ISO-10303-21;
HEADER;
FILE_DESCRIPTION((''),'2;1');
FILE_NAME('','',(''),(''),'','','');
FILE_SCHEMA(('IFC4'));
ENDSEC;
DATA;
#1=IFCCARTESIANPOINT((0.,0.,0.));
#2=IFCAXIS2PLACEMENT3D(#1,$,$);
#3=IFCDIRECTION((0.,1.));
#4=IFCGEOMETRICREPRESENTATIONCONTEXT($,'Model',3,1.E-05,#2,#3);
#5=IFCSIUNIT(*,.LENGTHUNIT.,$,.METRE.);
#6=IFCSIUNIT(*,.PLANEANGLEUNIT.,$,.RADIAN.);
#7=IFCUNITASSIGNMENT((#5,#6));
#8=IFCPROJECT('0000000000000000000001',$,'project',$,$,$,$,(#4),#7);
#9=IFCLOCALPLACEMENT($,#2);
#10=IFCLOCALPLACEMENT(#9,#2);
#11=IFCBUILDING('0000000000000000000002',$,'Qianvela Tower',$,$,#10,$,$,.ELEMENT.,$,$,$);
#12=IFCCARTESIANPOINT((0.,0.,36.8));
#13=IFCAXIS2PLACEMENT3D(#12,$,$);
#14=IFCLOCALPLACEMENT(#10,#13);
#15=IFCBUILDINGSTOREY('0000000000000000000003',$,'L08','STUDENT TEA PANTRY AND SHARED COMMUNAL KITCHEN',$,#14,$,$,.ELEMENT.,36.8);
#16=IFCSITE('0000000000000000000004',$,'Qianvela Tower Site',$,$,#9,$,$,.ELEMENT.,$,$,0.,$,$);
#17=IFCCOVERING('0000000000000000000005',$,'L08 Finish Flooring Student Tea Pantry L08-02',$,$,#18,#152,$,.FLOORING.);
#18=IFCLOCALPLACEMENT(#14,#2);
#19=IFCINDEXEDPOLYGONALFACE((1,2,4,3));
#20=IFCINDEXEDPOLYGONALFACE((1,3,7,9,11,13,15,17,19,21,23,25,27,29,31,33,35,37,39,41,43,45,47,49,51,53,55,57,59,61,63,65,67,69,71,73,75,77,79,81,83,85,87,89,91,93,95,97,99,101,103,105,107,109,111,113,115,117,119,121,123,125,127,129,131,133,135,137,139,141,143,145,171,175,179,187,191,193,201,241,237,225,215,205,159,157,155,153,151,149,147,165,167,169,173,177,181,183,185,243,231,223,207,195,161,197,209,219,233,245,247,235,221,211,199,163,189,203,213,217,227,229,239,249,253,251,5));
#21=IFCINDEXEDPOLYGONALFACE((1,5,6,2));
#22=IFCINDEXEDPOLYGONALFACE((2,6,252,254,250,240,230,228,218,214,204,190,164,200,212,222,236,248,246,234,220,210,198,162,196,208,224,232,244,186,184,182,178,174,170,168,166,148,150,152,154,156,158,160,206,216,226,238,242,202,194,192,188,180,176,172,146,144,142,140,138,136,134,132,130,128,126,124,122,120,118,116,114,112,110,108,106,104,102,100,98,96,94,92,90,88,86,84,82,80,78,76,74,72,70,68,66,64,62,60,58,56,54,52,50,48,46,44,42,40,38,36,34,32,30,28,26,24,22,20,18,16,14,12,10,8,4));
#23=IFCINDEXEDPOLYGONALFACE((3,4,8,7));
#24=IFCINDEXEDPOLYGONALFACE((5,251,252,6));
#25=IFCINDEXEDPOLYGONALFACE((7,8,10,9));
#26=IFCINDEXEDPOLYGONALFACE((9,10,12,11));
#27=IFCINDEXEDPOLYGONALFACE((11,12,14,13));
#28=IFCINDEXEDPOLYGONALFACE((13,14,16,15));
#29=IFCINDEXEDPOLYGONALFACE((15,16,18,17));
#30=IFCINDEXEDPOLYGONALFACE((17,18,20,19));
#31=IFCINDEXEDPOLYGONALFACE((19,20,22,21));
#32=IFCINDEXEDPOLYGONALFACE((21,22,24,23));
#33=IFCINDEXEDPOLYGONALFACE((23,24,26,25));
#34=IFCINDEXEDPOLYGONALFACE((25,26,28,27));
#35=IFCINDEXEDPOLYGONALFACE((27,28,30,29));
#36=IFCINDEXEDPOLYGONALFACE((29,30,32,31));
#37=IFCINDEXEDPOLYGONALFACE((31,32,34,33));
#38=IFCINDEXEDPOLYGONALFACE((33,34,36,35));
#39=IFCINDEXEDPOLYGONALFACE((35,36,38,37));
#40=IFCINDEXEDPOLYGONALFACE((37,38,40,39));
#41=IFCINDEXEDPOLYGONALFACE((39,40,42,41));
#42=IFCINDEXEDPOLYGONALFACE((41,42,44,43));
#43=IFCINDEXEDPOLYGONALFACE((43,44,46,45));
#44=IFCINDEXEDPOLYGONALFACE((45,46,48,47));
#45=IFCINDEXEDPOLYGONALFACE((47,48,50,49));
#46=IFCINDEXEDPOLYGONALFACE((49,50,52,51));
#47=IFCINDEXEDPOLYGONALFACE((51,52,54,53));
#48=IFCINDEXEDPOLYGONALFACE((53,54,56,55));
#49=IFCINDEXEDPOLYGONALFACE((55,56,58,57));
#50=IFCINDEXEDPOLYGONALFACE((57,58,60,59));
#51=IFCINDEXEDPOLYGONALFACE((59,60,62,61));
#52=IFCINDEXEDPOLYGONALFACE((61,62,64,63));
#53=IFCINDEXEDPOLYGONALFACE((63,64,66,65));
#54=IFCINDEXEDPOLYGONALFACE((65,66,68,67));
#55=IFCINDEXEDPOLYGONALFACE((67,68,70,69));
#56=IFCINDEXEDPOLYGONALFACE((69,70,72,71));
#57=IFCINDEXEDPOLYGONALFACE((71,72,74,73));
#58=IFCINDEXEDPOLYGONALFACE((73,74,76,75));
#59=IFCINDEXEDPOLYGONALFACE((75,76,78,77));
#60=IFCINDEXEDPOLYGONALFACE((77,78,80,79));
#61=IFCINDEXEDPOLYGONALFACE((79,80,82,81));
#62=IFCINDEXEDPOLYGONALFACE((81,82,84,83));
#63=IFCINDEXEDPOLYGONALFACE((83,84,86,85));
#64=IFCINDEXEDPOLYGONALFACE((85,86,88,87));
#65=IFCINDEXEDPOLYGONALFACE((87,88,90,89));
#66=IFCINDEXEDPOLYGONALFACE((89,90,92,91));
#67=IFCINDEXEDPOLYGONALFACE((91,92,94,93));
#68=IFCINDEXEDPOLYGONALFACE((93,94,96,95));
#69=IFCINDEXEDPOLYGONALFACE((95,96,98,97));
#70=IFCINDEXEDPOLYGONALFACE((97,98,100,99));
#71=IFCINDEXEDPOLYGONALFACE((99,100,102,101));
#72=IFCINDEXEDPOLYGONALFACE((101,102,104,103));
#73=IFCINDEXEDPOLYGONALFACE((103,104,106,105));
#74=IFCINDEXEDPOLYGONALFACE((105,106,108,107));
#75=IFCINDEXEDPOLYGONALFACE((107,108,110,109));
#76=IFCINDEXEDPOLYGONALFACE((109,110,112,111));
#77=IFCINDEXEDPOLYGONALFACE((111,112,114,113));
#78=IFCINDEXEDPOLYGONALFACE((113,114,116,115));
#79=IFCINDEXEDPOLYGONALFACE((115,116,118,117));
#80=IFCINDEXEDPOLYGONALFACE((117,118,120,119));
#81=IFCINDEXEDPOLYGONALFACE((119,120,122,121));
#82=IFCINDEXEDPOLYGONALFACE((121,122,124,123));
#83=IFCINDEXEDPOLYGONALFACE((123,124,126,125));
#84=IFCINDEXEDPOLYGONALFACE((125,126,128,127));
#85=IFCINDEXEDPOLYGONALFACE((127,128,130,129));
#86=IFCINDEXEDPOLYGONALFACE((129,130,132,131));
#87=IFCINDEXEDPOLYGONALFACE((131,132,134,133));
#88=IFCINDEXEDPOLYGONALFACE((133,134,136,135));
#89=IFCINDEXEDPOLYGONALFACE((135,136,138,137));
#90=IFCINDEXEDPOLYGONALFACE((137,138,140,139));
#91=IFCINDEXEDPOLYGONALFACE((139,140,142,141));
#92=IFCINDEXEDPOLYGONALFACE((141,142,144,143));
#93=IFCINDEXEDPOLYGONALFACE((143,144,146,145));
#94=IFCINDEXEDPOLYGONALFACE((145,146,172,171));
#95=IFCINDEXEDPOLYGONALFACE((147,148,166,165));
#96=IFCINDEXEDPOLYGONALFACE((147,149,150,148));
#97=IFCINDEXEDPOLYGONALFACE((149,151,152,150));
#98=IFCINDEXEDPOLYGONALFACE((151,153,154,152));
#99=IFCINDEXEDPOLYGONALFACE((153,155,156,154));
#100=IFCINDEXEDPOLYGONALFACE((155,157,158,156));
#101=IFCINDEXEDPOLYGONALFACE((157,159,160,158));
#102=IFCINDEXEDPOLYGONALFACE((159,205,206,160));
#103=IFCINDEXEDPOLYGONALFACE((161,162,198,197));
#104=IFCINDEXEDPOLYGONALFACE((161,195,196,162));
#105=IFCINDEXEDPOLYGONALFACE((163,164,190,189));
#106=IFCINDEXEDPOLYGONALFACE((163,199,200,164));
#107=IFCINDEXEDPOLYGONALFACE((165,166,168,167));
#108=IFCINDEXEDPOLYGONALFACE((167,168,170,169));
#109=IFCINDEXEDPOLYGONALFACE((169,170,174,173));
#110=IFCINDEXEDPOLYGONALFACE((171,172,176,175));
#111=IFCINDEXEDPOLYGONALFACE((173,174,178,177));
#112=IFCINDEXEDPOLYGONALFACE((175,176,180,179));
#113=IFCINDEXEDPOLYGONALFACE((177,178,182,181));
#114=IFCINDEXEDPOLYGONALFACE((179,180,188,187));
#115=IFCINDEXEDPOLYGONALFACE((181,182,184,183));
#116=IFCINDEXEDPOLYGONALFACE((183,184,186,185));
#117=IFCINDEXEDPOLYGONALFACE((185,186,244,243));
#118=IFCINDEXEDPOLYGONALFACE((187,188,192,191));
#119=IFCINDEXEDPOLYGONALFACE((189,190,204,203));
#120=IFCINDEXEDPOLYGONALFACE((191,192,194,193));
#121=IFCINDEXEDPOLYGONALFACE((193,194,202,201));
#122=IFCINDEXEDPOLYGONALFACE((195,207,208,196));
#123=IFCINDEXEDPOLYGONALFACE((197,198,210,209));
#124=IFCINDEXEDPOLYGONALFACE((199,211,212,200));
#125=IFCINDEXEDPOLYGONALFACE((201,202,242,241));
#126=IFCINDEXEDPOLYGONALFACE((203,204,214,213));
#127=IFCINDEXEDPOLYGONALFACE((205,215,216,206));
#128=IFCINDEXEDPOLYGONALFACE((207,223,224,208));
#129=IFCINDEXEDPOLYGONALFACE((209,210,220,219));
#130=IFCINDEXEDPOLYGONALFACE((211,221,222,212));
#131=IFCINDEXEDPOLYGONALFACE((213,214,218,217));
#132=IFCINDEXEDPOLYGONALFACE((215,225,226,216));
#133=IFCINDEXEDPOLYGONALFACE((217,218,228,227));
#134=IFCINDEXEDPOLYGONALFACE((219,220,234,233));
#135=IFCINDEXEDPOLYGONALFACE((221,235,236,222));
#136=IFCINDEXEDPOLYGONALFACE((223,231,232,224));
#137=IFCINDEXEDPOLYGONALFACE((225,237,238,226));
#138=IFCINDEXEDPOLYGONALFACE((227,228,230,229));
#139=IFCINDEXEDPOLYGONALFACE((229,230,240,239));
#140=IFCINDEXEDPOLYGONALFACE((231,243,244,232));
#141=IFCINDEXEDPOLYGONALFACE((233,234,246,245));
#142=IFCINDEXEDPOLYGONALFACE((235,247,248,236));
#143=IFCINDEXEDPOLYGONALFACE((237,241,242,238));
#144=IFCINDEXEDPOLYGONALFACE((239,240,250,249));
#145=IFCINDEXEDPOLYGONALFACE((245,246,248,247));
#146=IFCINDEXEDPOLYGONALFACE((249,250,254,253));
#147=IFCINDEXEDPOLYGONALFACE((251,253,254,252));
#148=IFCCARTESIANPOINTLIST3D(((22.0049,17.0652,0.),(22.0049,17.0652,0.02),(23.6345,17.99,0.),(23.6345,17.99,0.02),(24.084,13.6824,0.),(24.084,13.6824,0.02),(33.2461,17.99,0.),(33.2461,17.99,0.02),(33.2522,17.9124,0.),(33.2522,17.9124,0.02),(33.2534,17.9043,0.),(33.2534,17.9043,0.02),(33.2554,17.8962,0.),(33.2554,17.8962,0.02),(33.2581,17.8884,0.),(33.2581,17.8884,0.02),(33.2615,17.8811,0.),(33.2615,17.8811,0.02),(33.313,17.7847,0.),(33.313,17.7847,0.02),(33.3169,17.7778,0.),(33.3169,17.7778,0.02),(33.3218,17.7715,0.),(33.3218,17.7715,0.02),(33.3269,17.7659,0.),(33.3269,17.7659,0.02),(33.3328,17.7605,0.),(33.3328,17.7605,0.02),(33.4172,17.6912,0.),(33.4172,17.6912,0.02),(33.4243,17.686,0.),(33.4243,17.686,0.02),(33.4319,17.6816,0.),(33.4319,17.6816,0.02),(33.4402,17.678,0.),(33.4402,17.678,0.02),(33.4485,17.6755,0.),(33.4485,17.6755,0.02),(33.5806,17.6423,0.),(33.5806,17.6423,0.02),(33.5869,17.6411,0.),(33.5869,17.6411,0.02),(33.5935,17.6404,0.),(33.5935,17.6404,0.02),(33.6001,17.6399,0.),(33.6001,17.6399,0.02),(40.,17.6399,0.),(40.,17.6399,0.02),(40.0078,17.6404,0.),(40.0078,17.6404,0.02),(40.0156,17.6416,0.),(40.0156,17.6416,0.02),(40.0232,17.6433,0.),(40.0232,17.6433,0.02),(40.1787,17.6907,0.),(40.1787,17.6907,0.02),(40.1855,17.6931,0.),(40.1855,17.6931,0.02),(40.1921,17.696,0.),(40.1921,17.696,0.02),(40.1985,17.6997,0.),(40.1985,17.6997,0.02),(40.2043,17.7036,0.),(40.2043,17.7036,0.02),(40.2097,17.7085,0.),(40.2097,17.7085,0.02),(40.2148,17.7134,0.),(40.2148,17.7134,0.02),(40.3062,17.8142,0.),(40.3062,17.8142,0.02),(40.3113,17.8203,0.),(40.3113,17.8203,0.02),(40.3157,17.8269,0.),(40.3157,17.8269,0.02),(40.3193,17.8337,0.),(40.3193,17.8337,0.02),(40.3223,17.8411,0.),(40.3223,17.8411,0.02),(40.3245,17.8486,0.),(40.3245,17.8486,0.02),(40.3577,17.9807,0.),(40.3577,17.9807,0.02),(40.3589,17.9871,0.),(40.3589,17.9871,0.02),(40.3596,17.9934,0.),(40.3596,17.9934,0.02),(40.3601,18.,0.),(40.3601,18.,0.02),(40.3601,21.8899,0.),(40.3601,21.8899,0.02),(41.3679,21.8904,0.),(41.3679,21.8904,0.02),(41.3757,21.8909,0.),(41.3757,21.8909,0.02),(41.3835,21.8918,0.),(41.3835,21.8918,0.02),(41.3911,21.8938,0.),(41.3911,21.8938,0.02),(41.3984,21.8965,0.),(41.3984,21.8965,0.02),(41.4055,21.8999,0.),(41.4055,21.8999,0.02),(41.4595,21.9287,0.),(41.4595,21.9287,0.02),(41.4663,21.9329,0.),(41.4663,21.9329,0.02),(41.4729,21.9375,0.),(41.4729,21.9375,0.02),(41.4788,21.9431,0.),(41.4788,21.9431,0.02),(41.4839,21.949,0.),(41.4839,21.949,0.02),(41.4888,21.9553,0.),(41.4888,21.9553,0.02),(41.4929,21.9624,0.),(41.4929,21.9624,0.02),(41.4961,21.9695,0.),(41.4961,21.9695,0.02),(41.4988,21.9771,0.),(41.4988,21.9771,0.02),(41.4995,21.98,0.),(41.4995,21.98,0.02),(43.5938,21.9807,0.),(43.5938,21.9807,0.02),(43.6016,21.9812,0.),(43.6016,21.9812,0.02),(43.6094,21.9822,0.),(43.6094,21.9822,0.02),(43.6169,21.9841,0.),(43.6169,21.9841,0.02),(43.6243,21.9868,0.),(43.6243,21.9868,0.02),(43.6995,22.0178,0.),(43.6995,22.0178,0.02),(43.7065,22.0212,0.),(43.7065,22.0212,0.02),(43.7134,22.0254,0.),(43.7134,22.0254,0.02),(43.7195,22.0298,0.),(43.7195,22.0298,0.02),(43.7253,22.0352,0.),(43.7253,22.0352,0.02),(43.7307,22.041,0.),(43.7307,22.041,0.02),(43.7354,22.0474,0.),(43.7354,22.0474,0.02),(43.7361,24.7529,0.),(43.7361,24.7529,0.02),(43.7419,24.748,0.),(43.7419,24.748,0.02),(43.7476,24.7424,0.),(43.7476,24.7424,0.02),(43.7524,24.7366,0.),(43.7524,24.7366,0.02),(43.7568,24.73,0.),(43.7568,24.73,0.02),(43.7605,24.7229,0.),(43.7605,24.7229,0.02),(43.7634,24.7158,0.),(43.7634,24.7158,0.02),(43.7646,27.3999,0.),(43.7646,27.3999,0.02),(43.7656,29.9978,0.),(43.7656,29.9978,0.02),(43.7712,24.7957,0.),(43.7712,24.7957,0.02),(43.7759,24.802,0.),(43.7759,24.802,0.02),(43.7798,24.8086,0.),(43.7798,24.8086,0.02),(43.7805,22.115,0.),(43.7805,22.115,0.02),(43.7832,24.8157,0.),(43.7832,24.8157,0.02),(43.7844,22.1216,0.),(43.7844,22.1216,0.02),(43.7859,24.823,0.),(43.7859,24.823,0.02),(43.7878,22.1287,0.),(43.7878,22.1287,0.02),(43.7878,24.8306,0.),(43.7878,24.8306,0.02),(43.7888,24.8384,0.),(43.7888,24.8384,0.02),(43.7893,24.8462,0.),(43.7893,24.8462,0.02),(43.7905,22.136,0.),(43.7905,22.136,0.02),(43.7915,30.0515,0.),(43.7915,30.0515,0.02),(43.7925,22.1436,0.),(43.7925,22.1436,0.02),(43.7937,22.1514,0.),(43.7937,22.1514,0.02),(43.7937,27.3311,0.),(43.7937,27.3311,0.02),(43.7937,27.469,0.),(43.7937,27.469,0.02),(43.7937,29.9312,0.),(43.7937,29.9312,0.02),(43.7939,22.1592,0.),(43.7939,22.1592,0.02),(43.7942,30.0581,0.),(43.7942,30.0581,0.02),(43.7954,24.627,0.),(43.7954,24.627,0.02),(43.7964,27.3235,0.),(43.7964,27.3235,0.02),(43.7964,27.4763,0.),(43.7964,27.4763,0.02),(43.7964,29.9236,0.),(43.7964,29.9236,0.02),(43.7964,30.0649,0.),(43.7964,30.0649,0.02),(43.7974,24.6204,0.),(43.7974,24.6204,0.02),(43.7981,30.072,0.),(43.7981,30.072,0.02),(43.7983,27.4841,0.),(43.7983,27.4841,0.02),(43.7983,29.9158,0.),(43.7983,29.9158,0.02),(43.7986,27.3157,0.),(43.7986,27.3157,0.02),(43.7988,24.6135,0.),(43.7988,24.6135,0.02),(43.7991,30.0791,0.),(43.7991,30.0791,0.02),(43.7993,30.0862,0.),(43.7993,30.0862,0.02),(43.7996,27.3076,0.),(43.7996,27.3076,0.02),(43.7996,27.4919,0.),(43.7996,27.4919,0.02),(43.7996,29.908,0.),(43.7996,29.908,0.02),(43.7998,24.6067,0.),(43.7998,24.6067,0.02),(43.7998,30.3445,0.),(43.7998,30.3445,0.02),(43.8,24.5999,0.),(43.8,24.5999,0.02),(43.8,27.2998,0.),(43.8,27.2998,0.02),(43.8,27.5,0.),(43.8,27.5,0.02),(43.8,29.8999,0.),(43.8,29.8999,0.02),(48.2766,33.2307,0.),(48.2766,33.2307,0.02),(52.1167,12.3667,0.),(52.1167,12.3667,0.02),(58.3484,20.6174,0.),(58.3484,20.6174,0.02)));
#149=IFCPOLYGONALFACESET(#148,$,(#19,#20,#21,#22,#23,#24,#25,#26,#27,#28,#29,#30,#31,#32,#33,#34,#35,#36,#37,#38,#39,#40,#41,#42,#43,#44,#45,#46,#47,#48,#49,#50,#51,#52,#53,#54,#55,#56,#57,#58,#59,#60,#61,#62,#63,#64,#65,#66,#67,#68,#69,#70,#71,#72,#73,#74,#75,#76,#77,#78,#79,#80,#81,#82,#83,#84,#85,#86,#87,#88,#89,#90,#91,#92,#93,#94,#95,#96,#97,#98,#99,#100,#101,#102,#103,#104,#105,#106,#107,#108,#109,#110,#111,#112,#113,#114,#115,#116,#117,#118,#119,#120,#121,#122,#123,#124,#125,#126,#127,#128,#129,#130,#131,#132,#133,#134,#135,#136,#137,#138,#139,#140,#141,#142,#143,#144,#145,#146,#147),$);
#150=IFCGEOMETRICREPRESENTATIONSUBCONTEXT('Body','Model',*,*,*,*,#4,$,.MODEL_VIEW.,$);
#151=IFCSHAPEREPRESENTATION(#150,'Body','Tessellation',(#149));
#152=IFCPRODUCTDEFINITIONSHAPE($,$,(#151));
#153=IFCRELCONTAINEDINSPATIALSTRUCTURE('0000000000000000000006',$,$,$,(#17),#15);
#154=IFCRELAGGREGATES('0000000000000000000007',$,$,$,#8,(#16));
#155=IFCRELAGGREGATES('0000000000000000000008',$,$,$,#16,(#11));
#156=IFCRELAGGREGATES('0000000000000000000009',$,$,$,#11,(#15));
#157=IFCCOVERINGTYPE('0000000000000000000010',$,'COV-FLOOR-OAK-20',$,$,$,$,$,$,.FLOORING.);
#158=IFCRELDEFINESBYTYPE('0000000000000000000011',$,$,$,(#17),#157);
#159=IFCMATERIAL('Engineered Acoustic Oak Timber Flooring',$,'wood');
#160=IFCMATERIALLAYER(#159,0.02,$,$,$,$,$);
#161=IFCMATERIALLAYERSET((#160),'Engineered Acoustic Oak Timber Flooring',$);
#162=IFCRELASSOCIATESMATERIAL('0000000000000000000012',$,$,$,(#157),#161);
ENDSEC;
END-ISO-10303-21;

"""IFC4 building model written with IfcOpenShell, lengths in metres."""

from ifc_helpers import new_model, si_unit, direction, frame, origin, place, context, subcontext, project, spatial, polyline, outline, extrude, material, layer, layer_set, type_object, element, save


model = new_model("IFC4")

# Units and contexts
model_context = context("Model", 3, precision=1e-05, world=origin(), true_north=direction((0.0, 1.0)))
body_context = subcontext(model_context, "Body", "Model", "MODEL_VIEW")
ifc_project = project(units=[si_unit("LENGTHUNIT", "METRE"), si_unit("PLANEANGLEUNIT", "RADIAN")], contexts=[model_context])

# Site, building, storey
site_placement = place(None, origin())
site = spatial("IfcSite", under=ifc_project, at=site_placement, Name="Qianvela Tower Site", CompositionType="ELEMENT", RefElevation=0.0)
building_placement = place(site_placement, origin())
building = spatial("IfcBuilding", under=site, at=building_placement, Name="Qianvela Tower", CompositionType="ELEMENT")
storey_placement = place(building_placement, frame((0.0, 0.0, 36.8)))
storey = spatial("IfcBuildingStorey", under=building, at=storey_placement, Name="L08", Description="STUDENT TEA PANTRY AND SHARED COMMUNAL KITCHEN", CompositionType="ELEMENT", Elevation=36.8)

# Covering
ifc_material_1 = material(Name="Engineered Acoustic Oak Timber Flooring", Category="wood")
ifc_layer_1 = layer(ifc_material_1, 0.02)
ifc_layer_set_1 = layer_set([ifc_layer_1], Name="Engineered Acoustic Oak Timber Flooring")
covering_type_1 = type_object("IfcCoveringType", Name="COV-FLOOR-OAK-20", PredefinedType="FLOORING", material=ifc_layer_set_1)
covering_1_placement = place(storey_placement, origin())
element("IfcCovering", 1, at=covering_1_placement, inside=storey, type_object=covering_type_1, Name="L08 Finish Flooring Student Tea Pantry L08-02", PredefinedType="FLOORING", context=body_context, shape_type="SweptSolid", body=[
    extrude(outline(polyline([(23.6345, 17.99), (33.2461, 17.99), (33.2522, 17.9124), (33.2534, 17.9043), (33.2554, 17.8962), (33.2581, 17.8884), (33.2615, 17.8811), (33.313, 17.7847), (33.3169, 17.7778), (33.3218, 17.7715), (33.3269, 17.7659), (33.3328, 17.7605), (33.4172, 17.6912), (33.4243, 17.686), (33.4319, 17.6816), (33.4402, 17.678), (33.4485, 17.6755), (33.5806, 17.6423), (33.5869, 17.6411), (33.5935, 17.6404), (33.6001, 17.6399), (40.0, 17.6399), (40.0078, 17.6404), (40.0156, 17.6416), (40.0232, 17.6433), (40.1787, 17.6907), (40.1855, 17.6931), (40.1921, 17.696), (40.1985, 17.6997), (40.2043, 17.7036), (40.2097, 17.7085), (40.2148, 17.7134), (40.3062, 17.8142), (40.3113, 17.8203), (40.3157, 17.8269), (40.3193, 17.8337), (40.3223, 17.8411), (40.3245, 17.8486), (40.3577, 17.9807), (40.3589, 17.9871), (40.3596, 17.9934), (40.3601, 18.0), (40.3601, 21.8899), (41.3679, 21.8904), (41.3757, 21.8909), (41.3835, 21.8918), (41.3911, 21.8938), (41.3984, 21.8965), (41.4055, 21.8999), (41.4595, 21.9287), (41.4663, 21.9329), (41.4729, 21.9375), (41.4788, 21.9431), (41.4839, 21.949), (41.4888, 21.9553), (41.4929, 21.9624), (41.4961, 21.9695), (41.4988, 21.9771), (41.4995, 21.98), (43.5938, 21.9807), (43.6016, 21.9812), (43.6094, 21.9822), (43.6169, 21.9841), (43.6243, 21.9868), (43.6995, 22.0178), (43.7065, 22.0212), (43.7134, 22.0254), (43.7195, 22.0298), (43.7253, 22.0352), (43.7307, 22.041), (43.7354, 22.0474), (43.7805, 22.115), (43.7844, 22.1216), (43.7878, 22.1287), (43.7905, 22.136), (43.7925, 22.1436), (43.7937, 22.1514), (43.7939, 22.1592), (43.8, 24.5999), (43.7998, 24.6067), (43.7988, 24.6135), (43.7974, 24.6204), (43.7954, 24.627), (43.7634, 24.7158), (43.7605, 24.7229), (43.7568, 24.73), (43.7524, 24.7366), (43.7476, 24.7424), (43.7419, 24.748), (43.7361, 24.7529), (43.7712, 24.7957), (43.7759, 24.802), (43.7798, 24.8086), (43.7832, 24.8157), (43.7859, 24.823), (43.7878, 24.8306), (43.7888, 24.8384), (43.7893, 24.8462), (43.8, 27.2998), (43.7996, 27.3076), (43.7986, 27.3157), (43.7964, 27.3235), (43.7937, 27.3311), (43.7646, 27.3999), (43.7937, 27.469), (43.7964, 27.4763), (43.7983, 27.4841), (43.7996, 27.4919), (43.8, 27.5), (43.8, 29.8999), (43.7996, 29.908), (43.7983, 29.9158), (43.7964, 29.9236), (43.7937, 29.9312), (43.7656, 29.9978), (43.7915, 30.0515), (43.7942, 30.0581), (43.7964, 30.0649), (43.7981, 30.072), (43.7991, 30.0791), (43.7993, 30.0862), (43.7998, 30.3445), (48.2766, 33.2307), (58.3484, 20.6174), (52.1167, 12.3667), (24.084, 13.6824), (22.0049, 17.0652), (23.6345, 17.99)])), origin(), (0.0, 0.0, 1.0), 0.02),
])

save(model, "model.ifc")
